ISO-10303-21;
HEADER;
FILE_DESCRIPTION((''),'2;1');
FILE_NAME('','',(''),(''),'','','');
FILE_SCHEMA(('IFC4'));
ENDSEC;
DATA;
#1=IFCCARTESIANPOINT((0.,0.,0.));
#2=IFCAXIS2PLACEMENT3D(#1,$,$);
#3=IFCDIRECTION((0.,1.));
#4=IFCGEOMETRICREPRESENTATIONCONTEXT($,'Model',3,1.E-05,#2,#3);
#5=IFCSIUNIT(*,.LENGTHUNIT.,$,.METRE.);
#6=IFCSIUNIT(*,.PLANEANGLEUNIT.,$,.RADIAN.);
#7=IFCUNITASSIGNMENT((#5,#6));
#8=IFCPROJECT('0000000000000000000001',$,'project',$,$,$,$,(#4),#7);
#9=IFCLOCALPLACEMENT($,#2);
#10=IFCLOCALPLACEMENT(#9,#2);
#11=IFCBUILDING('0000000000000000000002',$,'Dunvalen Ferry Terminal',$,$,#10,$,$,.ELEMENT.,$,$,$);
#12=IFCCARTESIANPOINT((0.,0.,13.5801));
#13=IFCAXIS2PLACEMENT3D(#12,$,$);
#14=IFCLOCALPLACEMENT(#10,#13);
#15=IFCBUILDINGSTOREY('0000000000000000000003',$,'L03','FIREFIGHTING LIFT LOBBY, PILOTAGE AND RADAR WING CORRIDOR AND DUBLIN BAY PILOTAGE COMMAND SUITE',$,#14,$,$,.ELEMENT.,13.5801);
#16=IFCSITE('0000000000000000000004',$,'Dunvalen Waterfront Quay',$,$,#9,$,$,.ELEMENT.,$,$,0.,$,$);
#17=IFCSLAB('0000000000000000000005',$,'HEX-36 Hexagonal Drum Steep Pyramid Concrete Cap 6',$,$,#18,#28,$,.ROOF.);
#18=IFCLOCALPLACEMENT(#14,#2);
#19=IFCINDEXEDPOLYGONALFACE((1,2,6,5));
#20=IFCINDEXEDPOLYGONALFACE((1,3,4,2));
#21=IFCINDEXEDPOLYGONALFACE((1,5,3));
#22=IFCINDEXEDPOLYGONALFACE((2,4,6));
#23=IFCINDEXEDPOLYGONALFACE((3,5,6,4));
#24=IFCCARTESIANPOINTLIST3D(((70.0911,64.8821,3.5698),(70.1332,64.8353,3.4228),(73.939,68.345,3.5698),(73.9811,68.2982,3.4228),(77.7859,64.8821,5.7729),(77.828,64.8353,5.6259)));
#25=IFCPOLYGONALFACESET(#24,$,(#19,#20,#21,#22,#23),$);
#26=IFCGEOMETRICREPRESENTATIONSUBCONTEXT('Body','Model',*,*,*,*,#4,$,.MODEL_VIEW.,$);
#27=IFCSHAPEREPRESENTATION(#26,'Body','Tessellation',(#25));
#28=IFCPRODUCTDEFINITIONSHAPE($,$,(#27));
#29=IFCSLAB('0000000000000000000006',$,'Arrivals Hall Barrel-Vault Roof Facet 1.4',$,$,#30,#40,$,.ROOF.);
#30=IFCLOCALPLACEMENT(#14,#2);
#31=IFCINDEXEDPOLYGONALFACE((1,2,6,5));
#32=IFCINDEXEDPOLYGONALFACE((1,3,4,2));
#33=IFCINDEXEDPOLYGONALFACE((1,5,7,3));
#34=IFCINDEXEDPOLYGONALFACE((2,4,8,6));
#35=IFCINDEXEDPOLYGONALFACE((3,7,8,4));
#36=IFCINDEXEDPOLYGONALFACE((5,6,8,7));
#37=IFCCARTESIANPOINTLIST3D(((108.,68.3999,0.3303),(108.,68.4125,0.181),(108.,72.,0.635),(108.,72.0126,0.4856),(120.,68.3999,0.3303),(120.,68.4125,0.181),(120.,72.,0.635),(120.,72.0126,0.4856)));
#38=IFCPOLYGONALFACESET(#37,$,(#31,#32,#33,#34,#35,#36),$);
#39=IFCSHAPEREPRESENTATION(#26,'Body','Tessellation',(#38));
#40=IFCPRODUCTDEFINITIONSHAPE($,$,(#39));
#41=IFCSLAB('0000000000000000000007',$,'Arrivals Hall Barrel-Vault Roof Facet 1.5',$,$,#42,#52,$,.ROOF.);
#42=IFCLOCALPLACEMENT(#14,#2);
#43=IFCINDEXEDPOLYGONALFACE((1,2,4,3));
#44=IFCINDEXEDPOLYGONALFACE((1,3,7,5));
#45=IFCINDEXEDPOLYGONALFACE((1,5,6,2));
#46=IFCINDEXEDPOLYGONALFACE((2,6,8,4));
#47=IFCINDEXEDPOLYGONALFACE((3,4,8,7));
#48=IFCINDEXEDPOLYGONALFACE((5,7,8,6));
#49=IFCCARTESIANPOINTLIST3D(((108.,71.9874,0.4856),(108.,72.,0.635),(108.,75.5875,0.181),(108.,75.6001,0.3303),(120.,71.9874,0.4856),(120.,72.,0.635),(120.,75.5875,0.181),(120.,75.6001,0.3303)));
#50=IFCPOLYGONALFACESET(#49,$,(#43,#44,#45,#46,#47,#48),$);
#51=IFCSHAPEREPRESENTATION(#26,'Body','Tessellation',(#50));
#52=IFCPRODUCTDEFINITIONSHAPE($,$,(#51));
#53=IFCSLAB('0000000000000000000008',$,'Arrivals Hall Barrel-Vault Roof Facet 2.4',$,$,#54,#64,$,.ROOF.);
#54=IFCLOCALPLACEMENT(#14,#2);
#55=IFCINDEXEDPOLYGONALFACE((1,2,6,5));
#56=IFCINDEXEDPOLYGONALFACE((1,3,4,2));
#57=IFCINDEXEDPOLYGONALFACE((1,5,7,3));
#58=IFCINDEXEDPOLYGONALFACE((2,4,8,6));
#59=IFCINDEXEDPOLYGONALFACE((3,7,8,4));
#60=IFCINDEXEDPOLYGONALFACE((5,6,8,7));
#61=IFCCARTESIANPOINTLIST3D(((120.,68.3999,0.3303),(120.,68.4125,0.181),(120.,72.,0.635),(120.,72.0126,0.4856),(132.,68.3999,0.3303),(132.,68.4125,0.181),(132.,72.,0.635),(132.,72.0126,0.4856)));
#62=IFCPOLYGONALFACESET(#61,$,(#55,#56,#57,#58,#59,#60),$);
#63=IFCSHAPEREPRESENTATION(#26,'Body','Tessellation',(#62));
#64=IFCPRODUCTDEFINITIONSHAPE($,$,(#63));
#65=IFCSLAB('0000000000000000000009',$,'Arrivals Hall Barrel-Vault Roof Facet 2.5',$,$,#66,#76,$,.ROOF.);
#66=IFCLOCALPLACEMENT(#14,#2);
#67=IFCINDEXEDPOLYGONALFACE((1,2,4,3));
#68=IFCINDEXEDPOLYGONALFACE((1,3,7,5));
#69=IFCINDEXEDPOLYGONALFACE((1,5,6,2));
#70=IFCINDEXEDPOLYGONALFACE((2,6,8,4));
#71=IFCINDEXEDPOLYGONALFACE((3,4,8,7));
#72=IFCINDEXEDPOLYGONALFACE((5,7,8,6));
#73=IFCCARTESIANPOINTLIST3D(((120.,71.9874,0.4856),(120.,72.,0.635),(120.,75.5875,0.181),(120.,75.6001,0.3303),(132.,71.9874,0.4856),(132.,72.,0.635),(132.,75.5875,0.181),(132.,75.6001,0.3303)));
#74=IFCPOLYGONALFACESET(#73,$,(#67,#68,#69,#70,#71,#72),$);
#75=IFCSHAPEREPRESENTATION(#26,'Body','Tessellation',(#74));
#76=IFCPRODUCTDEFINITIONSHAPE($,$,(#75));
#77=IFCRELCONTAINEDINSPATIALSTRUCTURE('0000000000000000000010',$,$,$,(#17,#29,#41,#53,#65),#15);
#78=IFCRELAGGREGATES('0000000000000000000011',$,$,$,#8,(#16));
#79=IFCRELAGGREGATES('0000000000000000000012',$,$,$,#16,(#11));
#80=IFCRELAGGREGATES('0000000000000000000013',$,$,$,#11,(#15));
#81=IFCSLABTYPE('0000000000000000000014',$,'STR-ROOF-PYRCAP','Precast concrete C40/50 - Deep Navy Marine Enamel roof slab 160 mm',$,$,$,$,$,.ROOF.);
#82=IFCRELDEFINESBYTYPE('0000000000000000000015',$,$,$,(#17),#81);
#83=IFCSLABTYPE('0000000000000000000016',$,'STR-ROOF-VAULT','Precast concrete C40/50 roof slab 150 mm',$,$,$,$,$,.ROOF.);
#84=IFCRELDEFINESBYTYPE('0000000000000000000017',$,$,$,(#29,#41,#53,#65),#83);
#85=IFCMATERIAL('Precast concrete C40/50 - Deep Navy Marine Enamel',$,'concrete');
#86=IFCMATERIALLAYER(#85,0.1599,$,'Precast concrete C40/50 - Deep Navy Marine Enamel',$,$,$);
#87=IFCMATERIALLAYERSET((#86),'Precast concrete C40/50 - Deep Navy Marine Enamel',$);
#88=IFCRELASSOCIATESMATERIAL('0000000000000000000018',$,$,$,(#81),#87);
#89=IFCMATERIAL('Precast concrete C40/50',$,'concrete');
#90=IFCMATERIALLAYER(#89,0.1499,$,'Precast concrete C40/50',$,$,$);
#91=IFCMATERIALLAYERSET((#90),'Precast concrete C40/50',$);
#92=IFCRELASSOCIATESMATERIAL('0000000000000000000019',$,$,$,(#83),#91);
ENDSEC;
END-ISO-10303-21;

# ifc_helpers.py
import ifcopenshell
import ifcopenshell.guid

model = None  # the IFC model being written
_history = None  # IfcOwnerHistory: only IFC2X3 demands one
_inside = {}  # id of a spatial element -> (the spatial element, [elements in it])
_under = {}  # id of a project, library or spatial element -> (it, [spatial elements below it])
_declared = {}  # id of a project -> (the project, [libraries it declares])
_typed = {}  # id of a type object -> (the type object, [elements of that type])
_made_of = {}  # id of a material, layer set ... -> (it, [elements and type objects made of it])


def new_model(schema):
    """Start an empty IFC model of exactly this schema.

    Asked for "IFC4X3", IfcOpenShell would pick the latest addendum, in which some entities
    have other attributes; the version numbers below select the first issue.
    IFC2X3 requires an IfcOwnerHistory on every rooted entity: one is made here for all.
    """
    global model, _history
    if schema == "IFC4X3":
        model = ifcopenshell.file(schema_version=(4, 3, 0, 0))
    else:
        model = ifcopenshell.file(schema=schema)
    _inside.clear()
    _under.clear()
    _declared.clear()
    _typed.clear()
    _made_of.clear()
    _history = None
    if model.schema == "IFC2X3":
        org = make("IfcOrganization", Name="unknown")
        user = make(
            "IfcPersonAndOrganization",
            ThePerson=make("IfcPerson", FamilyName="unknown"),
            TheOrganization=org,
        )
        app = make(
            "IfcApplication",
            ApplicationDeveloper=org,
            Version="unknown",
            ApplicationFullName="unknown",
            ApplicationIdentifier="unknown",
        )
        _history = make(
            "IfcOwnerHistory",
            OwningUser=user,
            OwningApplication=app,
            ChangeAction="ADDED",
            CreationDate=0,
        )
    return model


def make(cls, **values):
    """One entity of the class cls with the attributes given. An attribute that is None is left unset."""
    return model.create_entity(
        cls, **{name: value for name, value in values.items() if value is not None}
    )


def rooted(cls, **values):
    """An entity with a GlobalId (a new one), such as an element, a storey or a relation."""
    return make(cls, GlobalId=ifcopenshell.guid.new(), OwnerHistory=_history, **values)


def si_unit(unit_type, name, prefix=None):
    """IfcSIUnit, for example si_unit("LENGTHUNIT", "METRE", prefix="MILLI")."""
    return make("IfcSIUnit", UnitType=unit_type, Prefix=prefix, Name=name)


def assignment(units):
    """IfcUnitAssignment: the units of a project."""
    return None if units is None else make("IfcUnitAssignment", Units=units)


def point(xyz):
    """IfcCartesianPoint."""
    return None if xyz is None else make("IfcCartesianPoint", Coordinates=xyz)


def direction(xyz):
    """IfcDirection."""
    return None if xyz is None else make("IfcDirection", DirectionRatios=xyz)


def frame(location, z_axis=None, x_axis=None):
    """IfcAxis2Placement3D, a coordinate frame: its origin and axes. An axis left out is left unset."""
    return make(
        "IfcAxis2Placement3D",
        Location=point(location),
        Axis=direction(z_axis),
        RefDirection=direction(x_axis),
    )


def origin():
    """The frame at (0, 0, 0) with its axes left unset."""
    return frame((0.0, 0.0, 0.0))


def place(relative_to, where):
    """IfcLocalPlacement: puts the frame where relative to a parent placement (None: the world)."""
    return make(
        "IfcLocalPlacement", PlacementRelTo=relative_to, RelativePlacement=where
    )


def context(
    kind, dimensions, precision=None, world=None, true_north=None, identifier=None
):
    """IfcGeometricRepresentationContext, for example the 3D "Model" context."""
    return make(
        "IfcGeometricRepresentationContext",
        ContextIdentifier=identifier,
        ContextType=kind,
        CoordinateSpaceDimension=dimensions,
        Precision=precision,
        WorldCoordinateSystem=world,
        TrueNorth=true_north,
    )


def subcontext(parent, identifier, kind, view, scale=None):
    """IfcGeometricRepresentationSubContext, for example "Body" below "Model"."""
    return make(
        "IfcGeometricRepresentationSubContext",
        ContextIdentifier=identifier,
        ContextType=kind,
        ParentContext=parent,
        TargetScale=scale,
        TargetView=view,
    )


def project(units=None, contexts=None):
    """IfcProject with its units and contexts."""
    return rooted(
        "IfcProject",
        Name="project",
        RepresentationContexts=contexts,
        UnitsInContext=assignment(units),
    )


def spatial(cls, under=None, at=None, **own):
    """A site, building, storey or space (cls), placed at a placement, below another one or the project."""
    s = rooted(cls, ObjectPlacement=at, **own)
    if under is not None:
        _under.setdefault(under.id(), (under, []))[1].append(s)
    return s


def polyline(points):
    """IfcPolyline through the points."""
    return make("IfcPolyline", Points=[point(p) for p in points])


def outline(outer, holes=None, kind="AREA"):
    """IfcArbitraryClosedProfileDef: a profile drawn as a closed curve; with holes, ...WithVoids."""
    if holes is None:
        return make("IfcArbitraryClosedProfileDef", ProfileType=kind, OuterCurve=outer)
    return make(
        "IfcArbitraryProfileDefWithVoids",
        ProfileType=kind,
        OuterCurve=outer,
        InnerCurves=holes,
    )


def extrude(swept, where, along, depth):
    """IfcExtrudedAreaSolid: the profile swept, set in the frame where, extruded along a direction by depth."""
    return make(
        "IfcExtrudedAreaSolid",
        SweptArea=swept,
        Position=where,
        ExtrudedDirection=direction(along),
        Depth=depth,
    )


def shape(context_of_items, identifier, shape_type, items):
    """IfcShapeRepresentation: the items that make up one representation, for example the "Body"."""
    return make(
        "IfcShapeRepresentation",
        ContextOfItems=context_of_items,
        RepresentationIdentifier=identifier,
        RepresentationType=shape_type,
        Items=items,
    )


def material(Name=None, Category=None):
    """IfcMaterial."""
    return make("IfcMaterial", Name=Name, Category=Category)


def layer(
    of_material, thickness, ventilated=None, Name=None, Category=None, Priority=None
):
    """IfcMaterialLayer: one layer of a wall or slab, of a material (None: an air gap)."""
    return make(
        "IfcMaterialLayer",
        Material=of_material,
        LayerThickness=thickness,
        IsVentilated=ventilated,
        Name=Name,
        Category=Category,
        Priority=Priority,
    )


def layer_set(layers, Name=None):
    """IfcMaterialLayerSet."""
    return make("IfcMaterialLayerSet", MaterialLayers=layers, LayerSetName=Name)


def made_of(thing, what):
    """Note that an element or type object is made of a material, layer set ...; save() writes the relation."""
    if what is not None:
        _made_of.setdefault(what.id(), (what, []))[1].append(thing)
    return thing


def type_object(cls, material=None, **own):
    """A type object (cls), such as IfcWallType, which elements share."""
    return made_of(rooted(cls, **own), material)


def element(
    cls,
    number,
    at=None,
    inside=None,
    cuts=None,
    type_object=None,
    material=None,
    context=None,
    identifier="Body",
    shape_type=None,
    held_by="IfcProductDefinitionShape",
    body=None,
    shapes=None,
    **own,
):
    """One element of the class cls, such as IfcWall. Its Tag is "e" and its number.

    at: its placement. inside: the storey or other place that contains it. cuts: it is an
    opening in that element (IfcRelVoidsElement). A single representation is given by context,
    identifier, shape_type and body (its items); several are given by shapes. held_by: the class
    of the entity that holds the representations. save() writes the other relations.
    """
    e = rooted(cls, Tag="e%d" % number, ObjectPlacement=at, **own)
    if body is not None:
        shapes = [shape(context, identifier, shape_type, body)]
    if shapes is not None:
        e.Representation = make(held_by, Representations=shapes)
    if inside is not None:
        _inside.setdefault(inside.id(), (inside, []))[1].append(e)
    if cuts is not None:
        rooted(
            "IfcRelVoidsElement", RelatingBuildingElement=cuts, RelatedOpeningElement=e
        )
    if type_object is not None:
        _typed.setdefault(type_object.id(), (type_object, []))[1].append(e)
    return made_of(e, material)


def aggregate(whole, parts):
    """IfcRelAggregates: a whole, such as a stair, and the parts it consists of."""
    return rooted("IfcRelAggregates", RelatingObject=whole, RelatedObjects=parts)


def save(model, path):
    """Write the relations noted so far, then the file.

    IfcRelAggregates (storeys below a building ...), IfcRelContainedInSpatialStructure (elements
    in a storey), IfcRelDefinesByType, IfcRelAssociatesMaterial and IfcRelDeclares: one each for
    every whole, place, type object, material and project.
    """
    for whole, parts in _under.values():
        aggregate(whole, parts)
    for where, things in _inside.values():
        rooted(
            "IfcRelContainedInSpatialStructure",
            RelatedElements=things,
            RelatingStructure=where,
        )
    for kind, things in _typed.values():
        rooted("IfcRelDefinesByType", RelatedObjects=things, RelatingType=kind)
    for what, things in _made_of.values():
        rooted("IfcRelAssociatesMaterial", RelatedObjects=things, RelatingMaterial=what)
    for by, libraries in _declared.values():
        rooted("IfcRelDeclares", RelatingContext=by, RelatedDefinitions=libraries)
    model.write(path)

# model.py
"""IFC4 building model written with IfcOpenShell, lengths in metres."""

from ifc_helpers import new_model, si_unit, direction, frame, origin, place, context, subcontext, project, spatial, polyline, outline, extrude, material, layer, layer_set, type_object, element, save


model = new_model("IFC4")

# Units and contexts
model_context = context("Model", 3, precision=1e-05, world=origin(), true_north=direction((0.0, 1.0)))
body_context = subcontext(model_context, "Body", "Model", "MODEL_VIEW")
ifc_project = project(units=[si_unit("LENGTHUNIT", "METRE"), si_unit("PLANEANGLEUNIT", "RADIAN")], contexts=[model_context])

# Site, building, storey
site_placement = place(None, origin())
site = spatial("IfcSite", under=ifc_project, at=site_placement, Name="Dunvalen Waterfront Quay", CompositionType="ELEMENT", RefElevation=0.0)
building_placement = place(site_placement, origin())
building = spatial("IfcBuilding", under=site, at=building_placement, Name="Dunvalen Ferry Terminal", CompositionType="ELEMENT")
storey_placement = place(building_placement, frame((0.0, 0.0, 13.5801)))
storey = spatial("IfcBuildingStorey", under=building, at=storey_placement, Name="L03", Description="FIREFIGHTING LIFT LOBBY, PILOTAGE AND RADAR WING CORRIDOR AND DUBLIN BAY PILOTAGE COMMAND SUITE", CompositionType="ELEMENT", Elevation=13.5801)

# Slabs
ifc_material_1 = material(Name="Precast concrete C40/50 - Deep Navy Marine Enamel", Category="concrete")
ifc_layer_1 = layer(ifc_material_1, 0.1599, Name="Precast concrete C40/50 - Deep Navy Marine Enamel")
ifc_layer_set_1 = layer_set([ifc_layer_1], Name="Precast concrete C40/50 - Deep Navy Marine Enamel")
slab_type_1 = type_object("IfcSlabType", Name="STR-ROOF-PYRCAP", Description="Precast concrete C40/50 - Deep Navy Marine Enamel roof slab 160 mm", PredefinedType="ROOF", material=ifc_layer_set_1)
slab_1_placement = place(storey_placement, frame((73.939, 68.345, 3.5698), z_axis=(-0.263216, 0.292481, 0.919332), x_axis=(-0.743315, -0.668941, 0.0)))
element("IfcSlab", 1, at=slab_1_placement, inside=storey, type_object=slab_type_1, Name="HEX-36 Hexagonal Drum Steep Pyramid Concrete Cap 6", PredefinedType="ROOF", context=body_context, shape_type="SweptSolid", body=[
    extrude(outline(polyline([(0.0, 0.0), (5.1767, 0.0), (-0.543, 5.599), (0.0, 0.0)])), origin(), (0.0, 0.0, -1.0), 0.1599),
])
ifc_material_2 = material(Name="Precast concrete C40/50", Category="concrete")
ifc_layer_2 = layer(ifc_material_2, 0.1499, Name="Precast concrete C40/50")
ifc_layer_set_2 = layer_set([ifc_layer_2], Name="Precast concrete C40/50")
slab_type_2 = type_object("IfcSlabType", Name="STR-ROOF-VAULT", Description="Precast concrete C40/50 roof slab 150 mm", PredefinedType="ROOF", material=ifc_layer_set_2)
for number, where, z_axis, x_axis, name in (
    (2, (108.0, 68.3999, 0.3303), (0.0, -0.084332, 0.996438), (1.0, 0.0, 0.0), "Arrivals Hall Barrel-Vault Roof Facet 1.4"),
    (3, (108.0, 72.0, 0.635), (0.0, 0.084332, 0.996438), (1.0, 0.0, 0.0), "Arrivals Hall Barrel-Vault Roof Facet 1.5"),
    (4, (120.0, 68.3999, 0.3303), (0.0, -0.084332, 0.996438), (1.0, 0.0, 0.0), "Arrivals Hall Barrel-Vault Roof Facet 2.4"),
    (5, (120.0, 72.0, 0.635), (0.0, 0.084332, 0.996438), (1.0, 0.0, 0.0), "Arrivals Hall Barrel-Vault Roof Facet 2.5"),
):
    element("IfcSlab", number, at=place(storey_placement, frame(where, z_axis=z_axis, x_axis=x_axis)), inside=storey, type_object=slab_type_2, Name=name, PredefinedType="ROOF", context=body_context, shape_type="SweptSolid", body=[
        extrude(outline(polyline([(0.0, 0.0), (12.0, 0.0), (12.0, 3.613), (0.0, 3.613), (0.0, 0.0)])), origin(), (0.0, 0.0, -1.0), 0.1499),
    ])

save(model, "model.ifc")
